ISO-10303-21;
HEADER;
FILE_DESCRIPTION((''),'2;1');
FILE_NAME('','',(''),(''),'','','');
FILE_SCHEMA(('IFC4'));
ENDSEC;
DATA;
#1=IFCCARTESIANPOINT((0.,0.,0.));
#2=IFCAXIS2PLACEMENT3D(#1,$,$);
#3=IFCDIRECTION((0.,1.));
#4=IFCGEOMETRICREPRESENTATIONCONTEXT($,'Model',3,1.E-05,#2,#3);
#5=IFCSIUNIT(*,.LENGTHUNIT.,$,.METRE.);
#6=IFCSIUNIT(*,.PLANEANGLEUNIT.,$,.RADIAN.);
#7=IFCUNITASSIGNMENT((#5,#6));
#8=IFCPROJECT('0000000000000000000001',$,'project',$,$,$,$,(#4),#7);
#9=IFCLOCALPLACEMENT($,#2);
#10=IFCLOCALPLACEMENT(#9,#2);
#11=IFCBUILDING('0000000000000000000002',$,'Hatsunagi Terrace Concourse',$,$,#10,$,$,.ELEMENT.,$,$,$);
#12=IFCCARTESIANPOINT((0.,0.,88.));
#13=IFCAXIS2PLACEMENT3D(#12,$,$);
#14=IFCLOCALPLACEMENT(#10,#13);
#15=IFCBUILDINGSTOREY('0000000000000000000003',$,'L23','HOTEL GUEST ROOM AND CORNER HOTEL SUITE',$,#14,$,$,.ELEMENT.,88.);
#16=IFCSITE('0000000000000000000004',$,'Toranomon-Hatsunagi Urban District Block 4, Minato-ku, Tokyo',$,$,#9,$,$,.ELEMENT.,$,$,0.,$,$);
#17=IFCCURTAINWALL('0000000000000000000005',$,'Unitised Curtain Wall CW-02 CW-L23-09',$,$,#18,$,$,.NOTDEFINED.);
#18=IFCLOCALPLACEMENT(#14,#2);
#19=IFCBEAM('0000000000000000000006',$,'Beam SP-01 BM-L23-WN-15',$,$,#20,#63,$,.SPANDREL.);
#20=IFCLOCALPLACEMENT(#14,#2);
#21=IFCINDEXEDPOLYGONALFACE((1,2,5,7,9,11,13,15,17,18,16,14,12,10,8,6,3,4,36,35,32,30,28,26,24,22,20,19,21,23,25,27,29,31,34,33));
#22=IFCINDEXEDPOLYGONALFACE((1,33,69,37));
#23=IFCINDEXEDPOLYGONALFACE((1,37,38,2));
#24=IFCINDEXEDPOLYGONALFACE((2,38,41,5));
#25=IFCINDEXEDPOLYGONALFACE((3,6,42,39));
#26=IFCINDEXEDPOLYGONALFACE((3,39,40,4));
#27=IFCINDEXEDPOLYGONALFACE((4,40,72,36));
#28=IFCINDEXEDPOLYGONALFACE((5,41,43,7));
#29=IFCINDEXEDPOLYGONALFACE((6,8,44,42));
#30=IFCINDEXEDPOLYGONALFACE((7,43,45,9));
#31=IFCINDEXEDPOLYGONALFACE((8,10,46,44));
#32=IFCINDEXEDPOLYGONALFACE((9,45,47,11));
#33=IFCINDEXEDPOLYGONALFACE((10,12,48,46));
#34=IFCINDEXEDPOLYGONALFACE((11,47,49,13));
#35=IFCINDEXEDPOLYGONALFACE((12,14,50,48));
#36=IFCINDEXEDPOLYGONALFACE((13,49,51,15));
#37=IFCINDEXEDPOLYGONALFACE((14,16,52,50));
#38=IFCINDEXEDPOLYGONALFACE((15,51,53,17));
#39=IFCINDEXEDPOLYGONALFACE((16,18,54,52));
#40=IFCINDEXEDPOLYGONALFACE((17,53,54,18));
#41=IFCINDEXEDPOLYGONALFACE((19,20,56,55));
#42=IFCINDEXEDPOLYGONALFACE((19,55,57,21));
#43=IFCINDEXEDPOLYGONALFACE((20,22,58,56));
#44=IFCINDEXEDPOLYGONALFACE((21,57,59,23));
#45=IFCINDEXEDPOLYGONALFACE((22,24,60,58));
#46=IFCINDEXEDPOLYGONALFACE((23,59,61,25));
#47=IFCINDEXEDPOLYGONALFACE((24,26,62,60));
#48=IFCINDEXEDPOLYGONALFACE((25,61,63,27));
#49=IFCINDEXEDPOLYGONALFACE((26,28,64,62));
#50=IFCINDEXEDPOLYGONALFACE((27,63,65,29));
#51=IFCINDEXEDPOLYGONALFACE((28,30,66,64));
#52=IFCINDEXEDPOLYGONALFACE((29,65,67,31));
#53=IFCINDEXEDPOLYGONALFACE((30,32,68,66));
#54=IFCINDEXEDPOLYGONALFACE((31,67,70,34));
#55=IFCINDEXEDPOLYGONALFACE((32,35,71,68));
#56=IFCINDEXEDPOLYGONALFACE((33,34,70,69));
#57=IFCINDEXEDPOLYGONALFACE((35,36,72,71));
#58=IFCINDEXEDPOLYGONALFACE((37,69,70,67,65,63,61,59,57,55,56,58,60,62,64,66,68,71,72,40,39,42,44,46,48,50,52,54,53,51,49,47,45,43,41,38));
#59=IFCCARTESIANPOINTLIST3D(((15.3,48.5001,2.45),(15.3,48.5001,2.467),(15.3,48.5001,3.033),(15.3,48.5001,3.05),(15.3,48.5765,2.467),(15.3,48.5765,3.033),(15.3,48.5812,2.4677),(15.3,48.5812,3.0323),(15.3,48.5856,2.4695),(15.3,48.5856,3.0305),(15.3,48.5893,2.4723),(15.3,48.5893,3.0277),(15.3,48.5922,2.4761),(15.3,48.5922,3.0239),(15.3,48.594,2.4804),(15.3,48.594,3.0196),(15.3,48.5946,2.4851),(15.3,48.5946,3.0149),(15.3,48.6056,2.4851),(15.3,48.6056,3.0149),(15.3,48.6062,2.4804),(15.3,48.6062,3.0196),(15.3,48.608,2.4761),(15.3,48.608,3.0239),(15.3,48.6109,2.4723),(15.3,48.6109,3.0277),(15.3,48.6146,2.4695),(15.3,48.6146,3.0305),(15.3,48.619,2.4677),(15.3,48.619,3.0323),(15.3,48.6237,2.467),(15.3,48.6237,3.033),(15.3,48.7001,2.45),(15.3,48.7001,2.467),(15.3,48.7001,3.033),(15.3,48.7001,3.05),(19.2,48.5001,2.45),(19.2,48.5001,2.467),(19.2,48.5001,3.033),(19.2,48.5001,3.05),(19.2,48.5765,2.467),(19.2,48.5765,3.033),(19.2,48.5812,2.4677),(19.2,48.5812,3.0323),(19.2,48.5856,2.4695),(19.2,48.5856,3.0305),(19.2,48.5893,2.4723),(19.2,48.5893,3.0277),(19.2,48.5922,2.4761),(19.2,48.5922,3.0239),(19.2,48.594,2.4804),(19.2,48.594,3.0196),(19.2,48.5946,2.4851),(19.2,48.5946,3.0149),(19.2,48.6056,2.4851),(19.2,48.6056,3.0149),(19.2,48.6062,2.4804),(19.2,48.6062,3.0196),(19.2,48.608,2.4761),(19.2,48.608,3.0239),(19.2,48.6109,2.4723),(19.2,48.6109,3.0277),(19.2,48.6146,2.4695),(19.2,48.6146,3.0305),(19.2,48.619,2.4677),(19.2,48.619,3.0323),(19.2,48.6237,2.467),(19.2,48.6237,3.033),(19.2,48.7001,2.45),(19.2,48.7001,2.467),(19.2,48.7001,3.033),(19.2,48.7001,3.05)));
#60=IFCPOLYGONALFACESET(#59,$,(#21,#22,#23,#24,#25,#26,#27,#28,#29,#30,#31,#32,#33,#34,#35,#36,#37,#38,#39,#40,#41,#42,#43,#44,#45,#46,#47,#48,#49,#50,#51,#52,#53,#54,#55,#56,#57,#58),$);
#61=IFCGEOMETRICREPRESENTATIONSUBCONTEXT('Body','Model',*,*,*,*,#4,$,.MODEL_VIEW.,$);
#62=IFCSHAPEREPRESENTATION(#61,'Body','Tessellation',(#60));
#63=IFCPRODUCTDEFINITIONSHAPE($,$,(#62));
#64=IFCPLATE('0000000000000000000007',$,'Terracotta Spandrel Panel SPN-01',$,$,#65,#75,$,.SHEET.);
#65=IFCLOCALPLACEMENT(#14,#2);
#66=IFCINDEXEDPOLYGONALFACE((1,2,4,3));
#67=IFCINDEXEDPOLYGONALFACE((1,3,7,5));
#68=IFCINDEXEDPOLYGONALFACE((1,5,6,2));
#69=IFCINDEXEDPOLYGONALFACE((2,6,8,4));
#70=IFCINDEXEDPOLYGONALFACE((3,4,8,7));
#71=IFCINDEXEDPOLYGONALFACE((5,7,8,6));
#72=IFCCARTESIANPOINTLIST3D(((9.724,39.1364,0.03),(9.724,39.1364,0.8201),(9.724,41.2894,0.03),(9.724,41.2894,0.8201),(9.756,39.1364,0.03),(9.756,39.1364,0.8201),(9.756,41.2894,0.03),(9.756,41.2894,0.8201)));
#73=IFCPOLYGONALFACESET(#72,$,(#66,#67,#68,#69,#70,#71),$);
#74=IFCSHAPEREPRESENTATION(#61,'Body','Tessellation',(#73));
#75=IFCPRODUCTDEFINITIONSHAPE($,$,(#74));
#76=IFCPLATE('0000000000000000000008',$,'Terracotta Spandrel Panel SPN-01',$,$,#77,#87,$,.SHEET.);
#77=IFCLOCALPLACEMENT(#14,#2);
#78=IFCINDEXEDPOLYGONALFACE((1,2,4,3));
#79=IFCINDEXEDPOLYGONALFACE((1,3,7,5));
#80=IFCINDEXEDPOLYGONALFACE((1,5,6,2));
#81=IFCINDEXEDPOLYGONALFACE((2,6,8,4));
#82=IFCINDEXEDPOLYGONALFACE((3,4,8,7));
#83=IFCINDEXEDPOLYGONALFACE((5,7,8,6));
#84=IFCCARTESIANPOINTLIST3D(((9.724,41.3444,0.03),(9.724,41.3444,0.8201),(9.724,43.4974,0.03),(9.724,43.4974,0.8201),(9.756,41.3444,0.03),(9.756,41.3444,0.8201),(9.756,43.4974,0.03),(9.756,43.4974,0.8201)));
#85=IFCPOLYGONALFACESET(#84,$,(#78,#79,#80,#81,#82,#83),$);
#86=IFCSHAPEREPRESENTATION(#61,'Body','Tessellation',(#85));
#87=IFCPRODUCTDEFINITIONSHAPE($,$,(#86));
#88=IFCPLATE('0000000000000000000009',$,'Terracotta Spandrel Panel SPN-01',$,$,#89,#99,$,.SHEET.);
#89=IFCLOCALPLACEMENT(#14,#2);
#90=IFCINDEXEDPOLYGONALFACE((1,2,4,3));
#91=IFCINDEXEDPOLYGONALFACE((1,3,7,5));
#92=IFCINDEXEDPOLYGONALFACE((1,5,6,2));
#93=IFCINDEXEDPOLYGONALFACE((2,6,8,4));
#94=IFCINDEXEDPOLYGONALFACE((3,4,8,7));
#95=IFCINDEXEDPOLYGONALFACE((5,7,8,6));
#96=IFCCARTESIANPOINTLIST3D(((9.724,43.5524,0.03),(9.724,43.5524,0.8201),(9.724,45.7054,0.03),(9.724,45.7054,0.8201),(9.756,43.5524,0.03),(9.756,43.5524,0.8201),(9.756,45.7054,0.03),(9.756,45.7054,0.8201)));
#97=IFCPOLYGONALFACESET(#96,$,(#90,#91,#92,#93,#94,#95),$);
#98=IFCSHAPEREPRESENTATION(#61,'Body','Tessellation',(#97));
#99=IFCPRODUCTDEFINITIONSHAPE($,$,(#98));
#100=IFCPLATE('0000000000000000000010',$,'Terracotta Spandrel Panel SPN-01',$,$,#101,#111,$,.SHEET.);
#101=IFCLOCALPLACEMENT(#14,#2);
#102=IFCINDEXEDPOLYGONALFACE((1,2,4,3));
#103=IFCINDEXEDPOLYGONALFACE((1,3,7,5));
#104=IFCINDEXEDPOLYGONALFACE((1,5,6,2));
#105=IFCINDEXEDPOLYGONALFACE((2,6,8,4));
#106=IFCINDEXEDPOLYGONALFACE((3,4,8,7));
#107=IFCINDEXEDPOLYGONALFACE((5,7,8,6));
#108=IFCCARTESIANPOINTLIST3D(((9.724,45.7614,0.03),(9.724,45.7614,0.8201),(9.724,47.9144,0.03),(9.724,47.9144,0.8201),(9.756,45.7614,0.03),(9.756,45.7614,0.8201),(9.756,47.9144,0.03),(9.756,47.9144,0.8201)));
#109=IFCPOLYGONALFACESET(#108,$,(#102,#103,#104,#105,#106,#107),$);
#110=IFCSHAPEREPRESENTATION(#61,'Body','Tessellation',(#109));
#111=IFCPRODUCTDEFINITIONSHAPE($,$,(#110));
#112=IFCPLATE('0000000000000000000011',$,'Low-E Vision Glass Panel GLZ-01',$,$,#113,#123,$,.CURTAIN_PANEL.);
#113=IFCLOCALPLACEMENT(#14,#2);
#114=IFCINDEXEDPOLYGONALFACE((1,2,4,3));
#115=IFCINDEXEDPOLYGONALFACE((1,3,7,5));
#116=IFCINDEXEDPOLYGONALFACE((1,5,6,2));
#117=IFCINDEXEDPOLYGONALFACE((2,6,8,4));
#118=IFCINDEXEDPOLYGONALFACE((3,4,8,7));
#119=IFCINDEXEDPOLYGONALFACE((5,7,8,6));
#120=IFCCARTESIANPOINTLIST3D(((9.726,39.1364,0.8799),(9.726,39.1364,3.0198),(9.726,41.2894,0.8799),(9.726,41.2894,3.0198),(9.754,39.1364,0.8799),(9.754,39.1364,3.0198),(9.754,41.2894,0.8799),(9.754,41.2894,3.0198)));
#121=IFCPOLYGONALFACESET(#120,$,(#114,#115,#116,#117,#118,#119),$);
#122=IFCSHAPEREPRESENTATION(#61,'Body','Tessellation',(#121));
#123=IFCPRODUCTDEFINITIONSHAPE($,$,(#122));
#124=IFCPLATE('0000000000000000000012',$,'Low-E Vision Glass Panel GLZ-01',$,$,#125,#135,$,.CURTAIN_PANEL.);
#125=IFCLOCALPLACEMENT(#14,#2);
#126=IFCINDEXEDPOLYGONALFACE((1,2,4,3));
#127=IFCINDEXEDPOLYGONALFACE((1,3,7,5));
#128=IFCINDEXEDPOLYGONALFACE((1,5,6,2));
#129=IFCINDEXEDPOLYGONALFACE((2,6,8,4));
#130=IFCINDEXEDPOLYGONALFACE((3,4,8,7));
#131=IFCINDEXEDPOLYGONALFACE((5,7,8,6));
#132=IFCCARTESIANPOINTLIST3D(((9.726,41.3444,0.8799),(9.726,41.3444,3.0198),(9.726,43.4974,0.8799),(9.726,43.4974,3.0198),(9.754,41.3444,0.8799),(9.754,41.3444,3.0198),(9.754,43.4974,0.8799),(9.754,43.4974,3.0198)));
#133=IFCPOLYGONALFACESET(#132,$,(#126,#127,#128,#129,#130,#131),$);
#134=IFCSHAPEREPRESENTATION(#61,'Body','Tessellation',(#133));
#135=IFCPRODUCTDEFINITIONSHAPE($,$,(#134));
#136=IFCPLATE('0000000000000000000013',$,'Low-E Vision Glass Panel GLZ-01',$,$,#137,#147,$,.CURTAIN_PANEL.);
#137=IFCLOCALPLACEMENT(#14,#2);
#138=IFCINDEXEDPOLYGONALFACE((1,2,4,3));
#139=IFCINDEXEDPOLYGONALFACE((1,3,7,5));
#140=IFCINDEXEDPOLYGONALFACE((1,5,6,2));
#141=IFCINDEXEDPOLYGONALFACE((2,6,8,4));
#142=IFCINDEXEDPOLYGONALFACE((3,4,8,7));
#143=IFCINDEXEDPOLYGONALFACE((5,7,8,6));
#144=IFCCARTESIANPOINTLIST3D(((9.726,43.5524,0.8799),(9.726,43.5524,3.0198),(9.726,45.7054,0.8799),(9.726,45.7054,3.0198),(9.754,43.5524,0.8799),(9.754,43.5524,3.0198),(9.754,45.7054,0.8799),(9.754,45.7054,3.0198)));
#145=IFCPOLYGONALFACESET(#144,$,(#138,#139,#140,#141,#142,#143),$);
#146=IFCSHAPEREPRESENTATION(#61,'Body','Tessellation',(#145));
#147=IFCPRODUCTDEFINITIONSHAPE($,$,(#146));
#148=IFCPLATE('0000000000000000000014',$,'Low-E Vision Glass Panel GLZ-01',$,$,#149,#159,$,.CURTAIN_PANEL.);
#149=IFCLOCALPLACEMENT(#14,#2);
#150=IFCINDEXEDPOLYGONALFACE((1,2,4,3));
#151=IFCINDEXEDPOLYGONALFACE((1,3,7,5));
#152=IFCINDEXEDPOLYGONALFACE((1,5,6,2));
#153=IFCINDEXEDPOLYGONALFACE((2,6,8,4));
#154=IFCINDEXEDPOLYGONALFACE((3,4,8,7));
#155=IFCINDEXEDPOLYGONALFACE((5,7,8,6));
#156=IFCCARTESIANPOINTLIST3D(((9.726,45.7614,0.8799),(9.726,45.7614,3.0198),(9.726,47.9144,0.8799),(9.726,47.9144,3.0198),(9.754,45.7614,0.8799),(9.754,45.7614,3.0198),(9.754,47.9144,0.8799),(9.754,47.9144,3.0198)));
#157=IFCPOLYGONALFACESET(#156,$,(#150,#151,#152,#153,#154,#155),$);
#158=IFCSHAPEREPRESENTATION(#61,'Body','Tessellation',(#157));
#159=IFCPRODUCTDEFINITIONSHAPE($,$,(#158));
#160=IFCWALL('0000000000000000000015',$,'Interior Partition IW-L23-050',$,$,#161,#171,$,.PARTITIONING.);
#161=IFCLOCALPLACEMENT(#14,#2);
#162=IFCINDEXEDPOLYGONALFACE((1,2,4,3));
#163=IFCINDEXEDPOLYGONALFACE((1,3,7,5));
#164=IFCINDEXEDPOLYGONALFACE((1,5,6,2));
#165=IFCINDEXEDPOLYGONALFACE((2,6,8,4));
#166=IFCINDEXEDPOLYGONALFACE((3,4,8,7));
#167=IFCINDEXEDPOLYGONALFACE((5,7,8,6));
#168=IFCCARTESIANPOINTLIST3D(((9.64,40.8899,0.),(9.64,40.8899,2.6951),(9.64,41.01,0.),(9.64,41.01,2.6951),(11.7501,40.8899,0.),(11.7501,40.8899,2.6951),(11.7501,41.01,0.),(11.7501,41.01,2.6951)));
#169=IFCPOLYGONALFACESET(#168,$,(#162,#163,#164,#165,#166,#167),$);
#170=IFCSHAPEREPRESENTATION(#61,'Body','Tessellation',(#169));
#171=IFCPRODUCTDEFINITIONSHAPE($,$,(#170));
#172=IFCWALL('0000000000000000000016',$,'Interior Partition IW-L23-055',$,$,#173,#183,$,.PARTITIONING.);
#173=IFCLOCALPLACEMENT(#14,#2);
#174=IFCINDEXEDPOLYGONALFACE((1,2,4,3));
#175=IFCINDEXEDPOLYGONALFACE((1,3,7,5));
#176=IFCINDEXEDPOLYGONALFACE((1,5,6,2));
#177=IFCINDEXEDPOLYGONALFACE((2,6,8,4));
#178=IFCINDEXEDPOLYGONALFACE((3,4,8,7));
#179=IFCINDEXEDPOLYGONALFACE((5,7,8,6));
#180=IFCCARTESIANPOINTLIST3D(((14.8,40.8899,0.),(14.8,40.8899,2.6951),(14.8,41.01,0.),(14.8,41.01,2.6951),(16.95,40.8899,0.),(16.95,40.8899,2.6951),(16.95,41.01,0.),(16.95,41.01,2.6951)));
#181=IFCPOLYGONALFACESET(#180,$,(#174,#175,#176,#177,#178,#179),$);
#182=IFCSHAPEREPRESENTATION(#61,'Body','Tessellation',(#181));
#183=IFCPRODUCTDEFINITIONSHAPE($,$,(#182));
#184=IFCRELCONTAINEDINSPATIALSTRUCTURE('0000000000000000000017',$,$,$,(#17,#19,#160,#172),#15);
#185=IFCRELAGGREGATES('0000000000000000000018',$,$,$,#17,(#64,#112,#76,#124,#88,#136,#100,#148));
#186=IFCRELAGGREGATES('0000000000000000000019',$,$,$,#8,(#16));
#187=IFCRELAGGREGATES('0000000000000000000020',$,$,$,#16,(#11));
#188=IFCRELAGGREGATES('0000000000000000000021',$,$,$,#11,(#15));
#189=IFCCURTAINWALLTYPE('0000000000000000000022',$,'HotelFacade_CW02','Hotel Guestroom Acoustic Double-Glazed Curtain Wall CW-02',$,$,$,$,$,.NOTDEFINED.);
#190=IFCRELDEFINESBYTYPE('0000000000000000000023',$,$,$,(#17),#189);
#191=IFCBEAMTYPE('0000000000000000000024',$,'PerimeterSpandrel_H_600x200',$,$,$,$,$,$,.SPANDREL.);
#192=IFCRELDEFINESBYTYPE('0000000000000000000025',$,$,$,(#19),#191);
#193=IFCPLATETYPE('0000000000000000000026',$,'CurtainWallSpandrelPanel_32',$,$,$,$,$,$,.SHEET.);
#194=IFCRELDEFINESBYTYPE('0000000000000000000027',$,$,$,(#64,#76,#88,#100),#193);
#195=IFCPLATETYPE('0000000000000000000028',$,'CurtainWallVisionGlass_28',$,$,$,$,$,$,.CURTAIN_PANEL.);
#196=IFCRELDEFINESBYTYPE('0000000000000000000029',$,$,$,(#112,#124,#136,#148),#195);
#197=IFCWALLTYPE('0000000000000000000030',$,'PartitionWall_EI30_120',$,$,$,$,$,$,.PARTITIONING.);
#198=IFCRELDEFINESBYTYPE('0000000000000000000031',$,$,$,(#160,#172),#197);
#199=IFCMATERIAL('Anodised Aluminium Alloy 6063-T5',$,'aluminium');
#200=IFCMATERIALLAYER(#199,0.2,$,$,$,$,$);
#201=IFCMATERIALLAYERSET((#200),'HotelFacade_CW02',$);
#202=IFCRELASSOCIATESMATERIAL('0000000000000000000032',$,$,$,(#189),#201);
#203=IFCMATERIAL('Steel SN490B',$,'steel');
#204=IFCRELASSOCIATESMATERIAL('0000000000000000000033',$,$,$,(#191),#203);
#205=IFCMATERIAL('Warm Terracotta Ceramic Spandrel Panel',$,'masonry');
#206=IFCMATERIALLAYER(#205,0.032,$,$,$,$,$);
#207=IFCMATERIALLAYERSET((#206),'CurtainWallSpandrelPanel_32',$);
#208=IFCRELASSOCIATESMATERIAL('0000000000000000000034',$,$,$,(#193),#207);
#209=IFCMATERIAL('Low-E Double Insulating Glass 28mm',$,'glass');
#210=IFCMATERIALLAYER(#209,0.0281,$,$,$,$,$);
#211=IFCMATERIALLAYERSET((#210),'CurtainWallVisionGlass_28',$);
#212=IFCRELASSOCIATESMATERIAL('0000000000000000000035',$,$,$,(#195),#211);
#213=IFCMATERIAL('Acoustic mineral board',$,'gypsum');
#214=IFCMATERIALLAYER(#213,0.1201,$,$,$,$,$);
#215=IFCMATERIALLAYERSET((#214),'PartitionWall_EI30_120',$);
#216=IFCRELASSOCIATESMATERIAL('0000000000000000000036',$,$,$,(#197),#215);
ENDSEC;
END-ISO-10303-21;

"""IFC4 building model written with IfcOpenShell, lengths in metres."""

from ifc_helpers import new_model, si_unit, direction, frame, frame_2d, origin, origin_2d, place, context, subcontext, project, spatial, rectangle, i_section, extrude, material, layer, layer_set, material_profile, profile_set, type_object, element, aggregate, save


model = new_model("IFC4")

# Units and contexts
model_context = context("Model", 3, precision=1e-05, world=origin(), true_north=direction((0.0, 1.0)))
body_context = subcontext(model_context, "Body", "Model", "MODEL_VIEW")
ifc_project = project(units=[si_unit("LENGTHUNIT", "METRE"), si_unit("PLANEANGLEUNIT", "RADIAN")], contexts=[model_context])

# Site, building, storey
site_placement = place(None, origin())
site = spatial("IfcSite", under=ifc_project, at=site_placement, Name="Toranomon-Hatsunagi Urban District Block 4, Minato-ku, Tokyo", CompositionType="ELEMENT", RefElevation=0.0)
building_placement = place(site_placement, origin())
building = spatial("IfcBuilding", under=site, at=building_placement, Name="Hatsunagi Terrace Concourse", CompositionType="ELEMENT")
storey_placement = place(building_placement, frame((0.0, 0.0, 88.0)))
storey = spatial("IfcBuildingStorey", under=building, at=storey_placement, Name="L23", Description="HOTEL GUEST ROOM AND CORNER HOTEL SUITE", CompositionType="ELEMENT", Elevation=88.0)

# Curtain wall
ifc_material_1 = material(Name="Anodised Aluminium Alloy 6063-T5", Category="aluminium")
ifc_layer_1 = layer(ifc_material_1, 0.2)
ifc_layer_set_1 = layer_set([ifc_layer_1], Name="HotelFacade_CW02")
curtain_wall_type = type_object("IfcCurtainWallType", Name="HotelFacade_CW02", Description="Hotel Guestroom Acoustic Double-Glazed Curtain Wall CW-02", PredefinedType="NOTDEFINED", material=ifc_layer_set_1)
curtain_wall_placement = place(storey_placement, origin())
curtain_wall = element("IfcCurtainWall", 1, at=curtain_wall_placement, inside=storey, type_object=curtain_wall_type, Name="Unitised Curtain Wall CW-02 CW-L23-09", PredefinedType="NOTDEFINED")

# Beam
ifc_material_2 = material(Name="Steel SN490B", Category="steel")
ifc_material_profile_1 = material_profile(ifc_material_2, i_section(OverallWidth=0.2, OverallDepth=0.6001, WebThickness=0.011, FlangeThickness=0.0171, FilletRadius=0.0181, at=origin_2d()), Name="H-600x200x11x17")
ifc_profile_set_1 = profile_set([ifc_material_profile_1], Name="Steel SN490B")
beam_type_1 = type_object("IfcBeamType", Name="PerimeterSpandrel_H_600x200", PredefinedType="SPANDREL", material=ifc_profile_set_1)
beam_1_placement = place(storey_placement, frame((15.3, 48.6001, 2.75), z_axis=(1.0, 0.0, 0.0), x_axis=(0.0, 1.0, 0.0)))
element("IfcBeam", 2, at=beam_1_placement, inside=storey, type_object=beam_type_1, Name="Beam SP-01 BM-L23-WN-15", PredefinedType="SPANDREL", context=body_context, shape_type="SweptSolid", body=[
    extrude(i_section(OverallWidth=0.2, OverallDepth=0.6001, WebThickness=0.011, FlangeThickness=0.0171, FilletRadius=0.0181, at=origin_2d()), origin(), (0.0, 0.0, 1.0), 3.8999),
])

# Plates
ifc_material_3 = material(Name="Warm Terracotta Ceramic Spandrel Panel", Category="masonry")
ifc_layer_2 = layer(ifc_material_3, 0.032)
ifc_layer_set_2 = layer_set([ifc_layer_2], Name="CurtainWallSpandrelPanel_32")
plate_type_1 = type_object("IfcPlateType", Name="CurtainWallSpandrelPanel_32", PredefinedType="SHEET", material=ifc_layer_set_2)
plate_1_placement = place(storey_placement, frame((9.74, 40.2129, 0.03), z_axis=(0.0, 0.0, 1.0), x_axis=(0.0, 1.0, 0.0)))
plate_1 = element("IfcPlate", 3, at=plate_1_placement, type_object=plate_type_1, Name="Terracotta Spandrel Panel SPN-01", PredefinedType="SHEET", context=body_context, shape_type="SweptSolid", body=[
    extrude(rectangle(XDim=2.1531, YDim=0.032, at=origin_2d()), origin(), (0.0, 0.0, 1.0), 0.79),
])
plate_2_placement = place(storey_placement, frame((9.74, 42.4209, 0.03), z_axis=(0.0, 0.0, 1.0), x_axis=(0.0, 1.0, 0.0)))
plate_2 = element("IfcPlate", 4, at=plate_2_placement, type_object=plate_type_1, Name="Terracotta Spandrel Panel SPN-01", PredefinedType="SHEET", context=body_context, shape_type="SweptSolid", body=[
    extrude(rectangle(XDim=2.1531, YDim=0.032, at=origin_2d()), origin(), (0.0, 0.0, 1.0), 0.79),
])
plate_3_placement = place(storey_placement, frame((9.74, 44.6289, 0.03), z_axis=(0.0, 0.0, 1.0), x_axis=(0.0, 1.0, 0.0)))
plate_3 = element("IfcPlate", 5, at=plate_3_placement, type_object=plate_type_1, Name="Terracotta Spandrel Panel SPN-01", PredefinedType="SHEET", context=body_context, shape_type="SweptSolid", body=[
    extrude(rectangle(XDim=2.1531, YDim=0.032, at=origin_2d()), origin(), (0.0, 0.0, 1.0), 0.79),
])
plate_4_placement = place(storey_placement, frame((9.74, 46.8379, 0.03), z_axis=(0.0, 0.0, 1.0), x_axis=(0.0, 1.0, 0.0)))
plate_4 = element("IfcPlate", 6, at=plate_4_placement, type_object=plate_type_1, Name="Terracotta Spandrel Panel SPN-01", PredefinedType="SHEET", context=body_context, shape_type="SweptSolid", body=[
    extrude(rectangle(XDim=2.1531, YDim=0.032, at=origin_2d()), origin(), (0.0, 0.0, 1.0), 0.79),
])
ifc_material_4 = material(Name="Low-E Double Insulating Glass 28mm", Category="glass")
ifc_layer_3 = layer(ifc_material_4, 0.0281)
ifc_layer_set_3 = layer_set([ifc_layer_3], Name="CurtainWallVisionGlass_28")
plate_type_2 = type_object("IfcPlateType", Name="CurtainWallVisionGlass_28", PredefinedType="CURTAIN_PANEL", material=ifc_layer_set_3)
plate_5_placement = place(storey_placement, frame((9.74, 40.2129, 0.8799), z_axis=(0.0, 0.0, 1.0), x_axis=(0.0, 1.0, 0.0)))
plate_5 = element("IfcPlate", 7, at=plate_5_placement, type_object=plate_type_2, Name="Low-E Vision Glass Panel GLZ-01", PredefinedType="CURTAIN_PANEL", context=body_context, shape_type="SweptSolid", body=[
    extrude(rectangle(XDim=2.1531, YDim=0.0281, at=origin_2d()), origin(), (0.0, 0.0, 1.0), 2.1399),
])
plate_6_placement = place(storey_placement, frame((9.74, 42.4209, 0.8799), z_axis=(0.0, 0.0, 1.0), x_axis=(0.0, 1.0, 0.0)))
plate_6 = element("IfcPlate", 8, at=plate_6_placement, type_object=plate_type_2, Name="Low-E Vision Glass Panel GLZ-01", PredefinedType="CURTAIN_PANEL", context=body_context, shape_type="SweptSolid", body=[
    extrude(rectangle(XDim=2.1531, YDim=0.0281, at=origin_2d()), origin(), (0.0, 0.0, 1.0), 2.1399),
])
plate_7_placement = place(storey_placement, frame((9.74, 44.6289, 0.8799), z_axis=(0.0, 0.0, 1.0), x_axis=(0.0, 1.0, 0.0)))
plate_7 = element("IfcPlate", 9, at=plate_7_placement, type_object=plate_type_2, Name="Low-E Vision Glass Panel GLZ-01", PredefinedType="CURTAIN_PANEL", context=body_context, shape_type="SweptSolid", body=[
    extrude(rectangle(XDim=2.1531, YDim=0.0281, at=origin_2d()), origin(), (0.0, 0.0, 1.0), 2.1399),
])
plate_8_placement = place(storey_placement, frame((9.74, 46.8379, 0.8799), z_axis=(0.0, 0.0, 1.0), x_axis=(0.0, 1.0, 0.0)))
plate_8 = element("IfcPlate", 10, at=plate_8_placement, type_object=plate_type_2, Name="Low-E Vision Glass Panel GLZ-01", PredefinedType="CURTAIN_PANEL", context=body_context, shape_type="SweptSolid", body=[
    extrude(rectangle(XDim=2.1531, YDim=0.0281, at=origin_2d()), origin(), (0.0, 0.0, 1.0), 2.1399),
])
aggregate(curtain_wall, [plate_1, plate_5, plate_2, plate_6, plate_3, plate_7, plate_4, plate_8])

# Walls
ifc_material_5 = material(Name="Acoustic mineral board", Category="gypsum")
ifc_layer_4 = layer(ifc_material_5, 0.1201)
ifc_layer_set_4 = layer_set([ifc_layer_4], Name="PartitionWall_EI30_120")
wall_type_1 = type_object("IfcWallType", Name="PartitionWall_EI30_120", PredefinedType="PARTITIONING", material=ifc_layer_set_4)
wall_1_placement = place(storey_placement, frame((9.6399, 40.95, 0.0), z_axis=(0.0, 0.0, 1.0), x_axis=(1.0, 0.0, 0.0)))
element("IfcWall", 11, at=wall_1_placement, inside=storey, type_object=wall_type_1, Name="Interior Partition IW-L23-050", PredefinedType="PARTITIONING", context=body_context, shape_type="SweptSolid", body=[
    extrude(rectangle(XDim=2.1101, YDim=0.1201, at=frame_2d((1.0552, 0.0))), origin(), (0.0, 0.0, 1.0), 2.6951),
])
wall_2_placement = place(storey_placement, frame((14.8, 40.95, 0.0), z_axis=(0.0, 0.0, 1.0), x_axis=(1.0, 0.0, 0.0)))
element("IfcWall", 12, at=wall_2_placement, inside=storey, type_object=wall_type_1, Name="Interior Partition IW-L23-055", PredefinedType="PARTITIONING", context=body_context, shape_type="SweptSolid", body=[
    extrude(rectangle(XDim=2.1499, YDim=0.1201, at=frame_2d((1.075, 0.0))), origin(), (0.0, 0.0, 1.0), 2.6951),
])

save(model, "model.ifc")
